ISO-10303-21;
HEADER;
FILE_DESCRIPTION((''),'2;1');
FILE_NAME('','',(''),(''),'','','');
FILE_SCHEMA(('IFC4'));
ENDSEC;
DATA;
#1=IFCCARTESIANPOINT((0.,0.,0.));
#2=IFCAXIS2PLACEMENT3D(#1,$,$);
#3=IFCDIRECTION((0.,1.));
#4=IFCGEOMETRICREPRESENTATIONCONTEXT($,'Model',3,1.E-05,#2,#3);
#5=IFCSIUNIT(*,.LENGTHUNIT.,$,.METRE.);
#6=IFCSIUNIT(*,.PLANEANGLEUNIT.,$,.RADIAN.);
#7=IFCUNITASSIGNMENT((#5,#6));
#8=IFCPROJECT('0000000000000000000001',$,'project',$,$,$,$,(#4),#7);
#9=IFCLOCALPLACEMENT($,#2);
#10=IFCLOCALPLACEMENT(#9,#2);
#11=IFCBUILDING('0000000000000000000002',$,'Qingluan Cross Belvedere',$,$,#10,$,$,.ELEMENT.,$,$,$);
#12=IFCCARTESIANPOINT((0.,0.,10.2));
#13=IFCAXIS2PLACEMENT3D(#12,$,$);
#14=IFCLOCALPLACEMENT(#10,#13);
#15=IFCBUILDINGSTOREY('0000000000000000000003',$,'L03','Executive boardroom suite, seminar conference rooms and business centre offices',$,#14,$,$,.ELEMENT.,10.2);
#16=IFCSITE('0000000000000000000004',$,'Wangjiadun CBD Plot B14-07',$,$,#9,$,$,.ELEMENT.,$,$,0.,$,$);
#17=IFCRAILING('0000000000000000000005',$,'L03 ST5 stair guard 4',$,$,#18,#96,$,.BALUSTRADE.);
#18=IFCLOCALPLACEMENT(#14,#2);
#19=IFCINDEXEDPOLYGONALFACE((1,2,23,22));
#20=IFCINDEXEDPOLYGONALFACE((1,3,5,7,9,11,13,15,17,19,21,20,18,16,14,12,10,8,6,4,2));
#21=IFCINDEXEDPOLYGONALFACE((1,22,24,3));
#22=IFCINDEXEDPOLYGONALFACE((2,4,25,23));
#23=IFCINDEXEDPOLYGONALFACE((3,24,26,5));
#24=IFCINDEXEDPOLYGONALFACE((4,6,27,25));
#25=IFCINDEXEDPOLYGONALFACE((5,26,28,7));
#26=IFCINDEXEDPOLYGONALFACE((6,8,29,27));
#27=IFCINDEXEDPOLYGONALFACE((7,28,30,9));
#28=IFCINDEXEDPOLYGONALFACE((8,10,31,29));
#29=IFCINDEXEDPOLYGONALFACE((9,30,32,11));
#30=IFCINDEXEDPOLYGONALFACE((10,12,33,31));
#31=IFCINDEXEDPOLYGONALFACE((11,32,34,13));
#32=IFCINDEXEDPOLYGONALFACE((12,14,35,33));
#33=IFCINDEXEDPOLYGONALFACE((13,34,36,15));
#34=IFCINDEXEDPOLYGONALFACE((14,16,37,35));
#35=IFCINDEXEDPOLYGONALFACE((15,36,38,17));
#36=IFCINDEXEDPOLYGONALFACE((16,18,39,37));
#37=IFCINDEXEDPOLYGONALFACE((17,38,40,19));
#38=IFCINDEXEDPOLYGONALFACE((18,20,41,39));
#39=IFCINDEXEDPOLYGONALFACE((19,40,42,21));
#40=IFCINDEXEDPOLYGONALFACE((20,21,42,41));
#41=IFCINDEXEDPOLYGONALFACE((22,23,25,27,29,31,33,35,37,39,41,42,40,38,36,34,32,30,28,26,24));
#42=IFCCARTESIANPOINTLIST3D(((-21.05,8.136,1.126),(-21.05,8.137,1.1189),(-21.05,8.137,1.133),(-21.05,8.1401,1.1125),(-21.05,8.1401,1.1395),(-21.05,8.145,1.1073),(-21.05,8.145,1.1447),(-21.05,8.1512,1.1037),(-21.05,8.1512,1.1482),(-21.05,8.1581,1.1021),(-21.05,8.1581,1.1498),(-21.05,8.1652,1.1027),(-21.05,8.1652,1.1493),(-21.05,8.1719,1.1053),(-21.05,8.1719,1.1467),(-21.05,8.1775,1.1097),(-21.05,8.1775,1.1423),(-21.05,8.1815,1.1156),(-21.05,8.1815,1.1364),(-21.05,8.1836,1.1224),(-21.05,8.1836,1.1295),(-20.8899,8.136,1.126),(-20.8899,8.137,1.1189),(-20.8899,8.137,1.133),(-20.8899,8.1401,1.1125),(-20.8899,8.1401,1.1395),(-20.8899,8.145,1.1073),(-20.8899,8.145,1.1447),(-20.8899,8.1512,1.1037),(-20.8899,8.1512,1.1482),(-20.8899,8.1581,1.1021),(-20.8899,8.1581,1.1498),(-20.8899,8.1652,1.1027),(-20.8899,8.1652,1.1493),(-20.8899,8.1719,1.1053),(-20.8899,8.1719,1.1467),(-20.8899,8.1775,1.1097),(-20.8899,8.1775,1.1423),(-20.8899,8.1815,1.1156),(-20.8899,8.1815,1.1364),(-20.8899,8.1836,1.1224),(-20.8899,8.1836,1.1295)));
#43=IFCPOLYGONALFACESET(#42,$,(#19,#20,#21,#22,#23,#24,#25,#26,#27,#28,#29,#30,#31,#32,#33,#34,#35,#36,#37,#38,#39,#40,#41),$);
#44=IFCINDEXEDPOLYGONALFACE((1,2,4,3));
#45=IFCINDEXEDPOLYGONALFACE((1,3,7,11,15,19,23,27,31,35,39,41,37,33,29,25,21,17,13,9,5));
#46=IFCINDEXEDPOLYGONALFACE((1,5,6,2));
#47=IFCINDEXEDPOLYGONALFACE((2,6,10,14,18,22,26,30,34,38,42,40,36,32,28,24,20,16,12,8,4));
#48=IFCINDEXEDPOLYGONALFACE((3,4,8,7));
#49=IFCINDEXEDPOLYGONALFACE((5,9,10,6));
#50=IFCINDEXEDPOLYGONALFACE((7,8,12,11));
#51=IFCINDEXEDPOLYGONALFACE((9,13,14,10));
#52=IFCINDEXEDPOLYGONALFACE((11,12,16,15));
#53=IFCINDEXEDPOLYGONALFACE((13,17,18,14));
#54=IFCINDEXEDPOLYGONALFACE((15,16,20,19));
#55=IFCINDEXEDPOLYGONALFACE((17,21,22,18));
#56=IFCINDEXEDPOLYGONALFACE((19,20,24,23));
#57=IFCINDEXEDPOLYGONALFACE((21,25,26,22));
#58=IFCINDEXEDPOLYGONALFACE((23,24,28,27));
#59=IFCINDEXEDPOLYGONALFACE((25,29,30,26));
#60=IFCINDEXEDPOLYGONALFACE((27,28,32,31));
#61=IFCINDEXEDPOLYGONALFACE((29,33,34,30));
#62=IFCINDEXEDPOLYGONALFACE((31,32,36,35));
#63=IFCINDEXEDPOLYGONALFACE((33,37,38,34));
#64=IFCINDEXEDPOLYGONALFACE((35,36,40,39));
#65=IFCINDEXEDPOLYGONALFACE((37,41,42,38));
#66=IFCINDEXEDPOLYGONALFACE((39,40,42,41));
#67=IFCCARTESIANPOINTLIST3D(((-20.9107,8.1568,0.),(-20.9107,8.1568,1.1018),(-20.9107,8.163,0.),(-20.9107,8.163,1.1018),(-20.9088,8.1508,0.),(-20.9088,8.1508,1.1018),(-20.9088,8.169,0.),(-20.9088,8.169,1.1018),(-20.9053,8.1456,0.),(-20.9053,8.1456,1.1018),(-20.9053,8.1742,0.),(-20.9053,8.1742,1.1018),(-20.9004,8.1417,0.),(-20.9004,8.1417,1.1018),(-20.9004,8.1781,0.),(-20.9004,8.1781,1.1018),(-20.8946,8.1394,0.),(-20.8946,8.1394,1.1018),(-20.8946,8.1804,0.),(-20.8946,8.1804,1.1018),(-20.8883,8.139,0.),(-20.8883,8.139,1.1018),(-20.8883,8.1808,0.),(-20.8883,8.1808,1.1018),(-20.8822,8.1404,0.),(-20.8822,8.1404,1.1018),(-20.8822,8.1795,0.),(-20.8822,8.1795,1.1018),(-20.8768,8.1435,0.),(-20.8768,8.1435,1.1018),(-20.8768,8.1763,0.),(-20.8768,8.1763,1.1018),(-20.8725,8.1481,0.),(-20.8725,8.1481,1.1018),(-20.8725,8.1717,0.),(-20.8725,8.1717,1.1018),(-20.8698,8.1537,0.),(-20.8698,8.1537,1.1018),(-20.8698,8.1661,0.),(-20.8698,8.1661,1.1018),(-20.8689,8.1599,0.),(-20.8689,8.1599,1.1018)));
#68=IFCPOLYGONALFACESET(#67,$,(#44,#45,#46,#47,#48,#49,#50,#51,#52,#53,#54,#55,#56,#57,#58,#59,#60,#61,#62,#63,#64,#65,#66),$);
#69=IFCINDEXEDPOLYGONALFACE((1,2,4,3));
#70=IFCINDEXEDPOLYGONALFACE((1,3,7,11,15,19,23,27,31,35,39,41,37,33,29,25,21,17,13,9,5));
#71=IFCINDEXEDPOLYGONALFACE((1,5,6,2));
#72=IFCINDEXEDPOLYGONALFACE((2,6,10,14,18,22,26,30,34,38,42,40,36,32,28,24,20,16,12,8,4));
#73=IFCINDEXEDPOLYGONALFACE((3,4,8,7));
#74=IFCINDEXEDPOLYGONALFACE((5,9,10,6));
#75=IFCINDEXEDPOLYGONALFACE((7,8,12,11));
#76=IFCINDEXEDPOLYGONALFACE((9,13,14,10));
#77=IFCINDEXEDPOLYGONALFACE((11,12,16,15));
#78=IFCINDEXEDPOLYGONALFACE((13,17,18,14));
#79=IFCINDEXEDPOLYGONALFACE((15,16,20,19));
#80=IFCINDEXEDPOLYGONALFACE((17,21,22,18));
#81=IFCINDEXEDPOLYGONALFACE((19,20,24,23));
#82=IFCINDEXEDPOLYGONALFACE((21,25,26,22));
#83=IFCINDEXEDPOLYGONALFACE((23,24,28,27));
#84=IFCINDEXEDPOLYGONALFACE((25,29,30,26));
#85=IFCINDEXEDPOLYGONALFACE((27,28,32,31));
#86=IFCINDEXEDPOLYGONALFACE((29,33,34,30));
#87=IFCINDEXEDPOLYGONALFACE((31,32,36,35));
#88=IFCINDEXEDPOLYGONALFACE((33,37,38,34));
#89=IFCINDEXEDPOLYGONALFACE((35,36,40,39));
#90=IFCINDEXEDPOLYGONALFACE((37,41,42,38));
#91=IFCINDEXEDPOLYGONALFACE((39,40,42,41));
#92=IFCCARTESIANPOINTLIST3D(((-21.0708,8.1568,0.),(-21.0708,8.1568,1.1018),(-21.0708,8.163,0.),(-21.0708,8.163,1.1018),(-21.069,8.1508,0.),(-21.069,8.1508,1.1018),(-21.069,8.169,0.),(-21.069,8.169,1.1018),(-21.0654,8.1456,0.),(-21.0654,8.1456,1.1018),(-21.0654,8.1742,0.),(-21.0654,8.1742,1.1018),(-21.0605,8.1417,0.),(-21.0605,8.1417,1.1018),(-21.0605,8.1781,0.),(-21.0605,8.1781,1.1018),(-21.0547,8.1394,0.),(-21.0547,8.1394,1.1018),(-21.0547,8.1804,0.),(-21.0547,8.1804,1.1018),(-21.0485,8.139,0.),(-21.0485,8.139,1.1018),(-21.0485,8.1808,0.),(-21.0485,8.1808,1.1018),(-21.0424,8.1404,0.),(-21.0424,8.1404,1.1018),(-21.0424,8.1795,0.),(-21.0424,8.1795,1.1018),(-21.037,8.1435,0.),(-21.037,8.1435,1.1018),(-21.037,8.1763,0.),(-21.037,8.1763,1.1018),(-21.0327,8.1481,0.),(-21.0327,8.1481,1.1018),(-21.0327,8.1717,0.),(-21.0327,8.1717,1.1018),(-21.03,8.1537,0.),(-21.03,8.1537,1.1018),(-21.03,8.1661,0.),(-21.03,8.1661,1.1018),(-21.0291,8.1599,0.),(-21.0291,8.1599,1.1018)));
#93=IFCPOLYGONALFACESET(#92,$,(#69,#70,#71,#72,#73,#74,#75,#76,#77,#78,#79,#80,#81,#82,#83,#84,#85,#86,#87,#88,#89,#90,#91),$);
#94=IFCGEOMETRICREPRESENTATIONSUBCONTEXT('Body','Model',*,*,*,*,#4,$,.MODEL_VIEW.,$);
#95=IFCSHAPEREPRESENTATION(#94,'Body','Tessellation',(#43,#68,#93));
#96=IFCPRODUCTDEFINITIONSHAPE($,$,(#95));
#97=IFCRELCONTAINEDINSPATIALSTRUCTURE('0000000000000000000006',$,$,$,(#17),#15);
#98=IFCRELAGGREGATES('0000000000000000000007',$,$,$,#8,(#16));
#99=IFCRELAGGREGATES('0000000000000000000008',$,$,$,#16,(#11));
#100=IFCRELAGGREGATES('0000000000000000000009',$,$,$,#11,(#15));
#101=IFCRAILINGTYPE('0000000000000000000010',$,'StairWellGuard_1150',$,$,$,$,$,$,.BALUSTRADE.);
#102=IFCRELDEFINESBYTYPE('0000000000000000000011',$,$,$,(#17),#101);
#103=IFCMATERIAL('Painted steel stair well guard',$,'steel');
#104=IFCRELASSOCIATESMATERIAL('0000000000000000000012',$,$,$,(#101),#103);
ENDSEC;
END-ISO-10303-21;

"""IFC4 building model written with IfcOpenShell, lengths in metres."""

from ifc_helpers import new_model, si_unit, direction, frame, origin, origin_2d, place, context, subcontext, project, spatial, circle, extrude, material, type_object, element, save


model = new_model("IFC4")

# Units and contexts
model_context = context("Model", 3, precision=1e-05, world=origin(), true_north=direction((0.0, 1.0)))
body_context = subcontext(model_context, "Body", "Model", "MODEL_VIEW")
ifc_project = project(units=[si_unit("LENGTHUNIT", "METRE"), si_unit("PLANEANGLEUNIT", "RADIAN")], contexts=[model_context])

# Site, building, storey
site_placement = place(None, origin())
site = spatial("IfcSite", under=ifc_project, at=site_placement, Name="Wangjiadun CBD Plot B14-07", CompositionType="ELEMENT", RefElevation=0.0)
building_placement = place(site_placement, origin())
building = spatial("IfcBuilding", under=site, at=building_placement, Name="Qingluan Cross Belvedere", CompositionType="ELEMENT")
storey_placement = place(building_placement, frame((0.0, 0.0, 10.2)))
storey = spatial("IfcBuildingStorey", under=building, at=storey_placement, Name="L03", Description="Executive boardroom suite, seminar conference rooms and business centre offices", CompositionType="ELEMENT", Elevation=10.2)

# Railing
ifc_material_1 = material(Name="Painted steel stair well guard", Category="steel")
railing_type_1 = type_object("IfcRailingType", Name="StairWellGuard_1150", PredefinedType="BALUSTRADE", material=ifc_material_1)
railing_1_placement = place(storey_placement, frame((-20.8899, 8.1599, 0.0)))
element("IfcRailing", 1, at=railing_1_placement, inside=storey, type_object=railing_type_1, Name="L03 ST5 stair guard 4", PredefinedType="BALUSTRADE", context=body_context, shape_type="SweptSolid", body=[
    extrude(circle(Radius=0.0239, at=origin_2d()), frame((0.0, 0.0, 1.126), z_axis=(-1.0, 0.0, 0.0), x_axis=(0.0, -1.0, 0.0)), (0.0, 0.0, 1.0), 0.1602),
    extrude(circle(Radius=0.021, at=origin_2d()), origin(), (0.0, 0.0, 1.0), 1.1018),
    extrude(circle(Radius=0.021, at=origin_2d()), frame((-0.1602, 0.0, 0.0)), (0.0, 0.0, 1.0), 1.1018),
])

save(model, "model.ifc")
